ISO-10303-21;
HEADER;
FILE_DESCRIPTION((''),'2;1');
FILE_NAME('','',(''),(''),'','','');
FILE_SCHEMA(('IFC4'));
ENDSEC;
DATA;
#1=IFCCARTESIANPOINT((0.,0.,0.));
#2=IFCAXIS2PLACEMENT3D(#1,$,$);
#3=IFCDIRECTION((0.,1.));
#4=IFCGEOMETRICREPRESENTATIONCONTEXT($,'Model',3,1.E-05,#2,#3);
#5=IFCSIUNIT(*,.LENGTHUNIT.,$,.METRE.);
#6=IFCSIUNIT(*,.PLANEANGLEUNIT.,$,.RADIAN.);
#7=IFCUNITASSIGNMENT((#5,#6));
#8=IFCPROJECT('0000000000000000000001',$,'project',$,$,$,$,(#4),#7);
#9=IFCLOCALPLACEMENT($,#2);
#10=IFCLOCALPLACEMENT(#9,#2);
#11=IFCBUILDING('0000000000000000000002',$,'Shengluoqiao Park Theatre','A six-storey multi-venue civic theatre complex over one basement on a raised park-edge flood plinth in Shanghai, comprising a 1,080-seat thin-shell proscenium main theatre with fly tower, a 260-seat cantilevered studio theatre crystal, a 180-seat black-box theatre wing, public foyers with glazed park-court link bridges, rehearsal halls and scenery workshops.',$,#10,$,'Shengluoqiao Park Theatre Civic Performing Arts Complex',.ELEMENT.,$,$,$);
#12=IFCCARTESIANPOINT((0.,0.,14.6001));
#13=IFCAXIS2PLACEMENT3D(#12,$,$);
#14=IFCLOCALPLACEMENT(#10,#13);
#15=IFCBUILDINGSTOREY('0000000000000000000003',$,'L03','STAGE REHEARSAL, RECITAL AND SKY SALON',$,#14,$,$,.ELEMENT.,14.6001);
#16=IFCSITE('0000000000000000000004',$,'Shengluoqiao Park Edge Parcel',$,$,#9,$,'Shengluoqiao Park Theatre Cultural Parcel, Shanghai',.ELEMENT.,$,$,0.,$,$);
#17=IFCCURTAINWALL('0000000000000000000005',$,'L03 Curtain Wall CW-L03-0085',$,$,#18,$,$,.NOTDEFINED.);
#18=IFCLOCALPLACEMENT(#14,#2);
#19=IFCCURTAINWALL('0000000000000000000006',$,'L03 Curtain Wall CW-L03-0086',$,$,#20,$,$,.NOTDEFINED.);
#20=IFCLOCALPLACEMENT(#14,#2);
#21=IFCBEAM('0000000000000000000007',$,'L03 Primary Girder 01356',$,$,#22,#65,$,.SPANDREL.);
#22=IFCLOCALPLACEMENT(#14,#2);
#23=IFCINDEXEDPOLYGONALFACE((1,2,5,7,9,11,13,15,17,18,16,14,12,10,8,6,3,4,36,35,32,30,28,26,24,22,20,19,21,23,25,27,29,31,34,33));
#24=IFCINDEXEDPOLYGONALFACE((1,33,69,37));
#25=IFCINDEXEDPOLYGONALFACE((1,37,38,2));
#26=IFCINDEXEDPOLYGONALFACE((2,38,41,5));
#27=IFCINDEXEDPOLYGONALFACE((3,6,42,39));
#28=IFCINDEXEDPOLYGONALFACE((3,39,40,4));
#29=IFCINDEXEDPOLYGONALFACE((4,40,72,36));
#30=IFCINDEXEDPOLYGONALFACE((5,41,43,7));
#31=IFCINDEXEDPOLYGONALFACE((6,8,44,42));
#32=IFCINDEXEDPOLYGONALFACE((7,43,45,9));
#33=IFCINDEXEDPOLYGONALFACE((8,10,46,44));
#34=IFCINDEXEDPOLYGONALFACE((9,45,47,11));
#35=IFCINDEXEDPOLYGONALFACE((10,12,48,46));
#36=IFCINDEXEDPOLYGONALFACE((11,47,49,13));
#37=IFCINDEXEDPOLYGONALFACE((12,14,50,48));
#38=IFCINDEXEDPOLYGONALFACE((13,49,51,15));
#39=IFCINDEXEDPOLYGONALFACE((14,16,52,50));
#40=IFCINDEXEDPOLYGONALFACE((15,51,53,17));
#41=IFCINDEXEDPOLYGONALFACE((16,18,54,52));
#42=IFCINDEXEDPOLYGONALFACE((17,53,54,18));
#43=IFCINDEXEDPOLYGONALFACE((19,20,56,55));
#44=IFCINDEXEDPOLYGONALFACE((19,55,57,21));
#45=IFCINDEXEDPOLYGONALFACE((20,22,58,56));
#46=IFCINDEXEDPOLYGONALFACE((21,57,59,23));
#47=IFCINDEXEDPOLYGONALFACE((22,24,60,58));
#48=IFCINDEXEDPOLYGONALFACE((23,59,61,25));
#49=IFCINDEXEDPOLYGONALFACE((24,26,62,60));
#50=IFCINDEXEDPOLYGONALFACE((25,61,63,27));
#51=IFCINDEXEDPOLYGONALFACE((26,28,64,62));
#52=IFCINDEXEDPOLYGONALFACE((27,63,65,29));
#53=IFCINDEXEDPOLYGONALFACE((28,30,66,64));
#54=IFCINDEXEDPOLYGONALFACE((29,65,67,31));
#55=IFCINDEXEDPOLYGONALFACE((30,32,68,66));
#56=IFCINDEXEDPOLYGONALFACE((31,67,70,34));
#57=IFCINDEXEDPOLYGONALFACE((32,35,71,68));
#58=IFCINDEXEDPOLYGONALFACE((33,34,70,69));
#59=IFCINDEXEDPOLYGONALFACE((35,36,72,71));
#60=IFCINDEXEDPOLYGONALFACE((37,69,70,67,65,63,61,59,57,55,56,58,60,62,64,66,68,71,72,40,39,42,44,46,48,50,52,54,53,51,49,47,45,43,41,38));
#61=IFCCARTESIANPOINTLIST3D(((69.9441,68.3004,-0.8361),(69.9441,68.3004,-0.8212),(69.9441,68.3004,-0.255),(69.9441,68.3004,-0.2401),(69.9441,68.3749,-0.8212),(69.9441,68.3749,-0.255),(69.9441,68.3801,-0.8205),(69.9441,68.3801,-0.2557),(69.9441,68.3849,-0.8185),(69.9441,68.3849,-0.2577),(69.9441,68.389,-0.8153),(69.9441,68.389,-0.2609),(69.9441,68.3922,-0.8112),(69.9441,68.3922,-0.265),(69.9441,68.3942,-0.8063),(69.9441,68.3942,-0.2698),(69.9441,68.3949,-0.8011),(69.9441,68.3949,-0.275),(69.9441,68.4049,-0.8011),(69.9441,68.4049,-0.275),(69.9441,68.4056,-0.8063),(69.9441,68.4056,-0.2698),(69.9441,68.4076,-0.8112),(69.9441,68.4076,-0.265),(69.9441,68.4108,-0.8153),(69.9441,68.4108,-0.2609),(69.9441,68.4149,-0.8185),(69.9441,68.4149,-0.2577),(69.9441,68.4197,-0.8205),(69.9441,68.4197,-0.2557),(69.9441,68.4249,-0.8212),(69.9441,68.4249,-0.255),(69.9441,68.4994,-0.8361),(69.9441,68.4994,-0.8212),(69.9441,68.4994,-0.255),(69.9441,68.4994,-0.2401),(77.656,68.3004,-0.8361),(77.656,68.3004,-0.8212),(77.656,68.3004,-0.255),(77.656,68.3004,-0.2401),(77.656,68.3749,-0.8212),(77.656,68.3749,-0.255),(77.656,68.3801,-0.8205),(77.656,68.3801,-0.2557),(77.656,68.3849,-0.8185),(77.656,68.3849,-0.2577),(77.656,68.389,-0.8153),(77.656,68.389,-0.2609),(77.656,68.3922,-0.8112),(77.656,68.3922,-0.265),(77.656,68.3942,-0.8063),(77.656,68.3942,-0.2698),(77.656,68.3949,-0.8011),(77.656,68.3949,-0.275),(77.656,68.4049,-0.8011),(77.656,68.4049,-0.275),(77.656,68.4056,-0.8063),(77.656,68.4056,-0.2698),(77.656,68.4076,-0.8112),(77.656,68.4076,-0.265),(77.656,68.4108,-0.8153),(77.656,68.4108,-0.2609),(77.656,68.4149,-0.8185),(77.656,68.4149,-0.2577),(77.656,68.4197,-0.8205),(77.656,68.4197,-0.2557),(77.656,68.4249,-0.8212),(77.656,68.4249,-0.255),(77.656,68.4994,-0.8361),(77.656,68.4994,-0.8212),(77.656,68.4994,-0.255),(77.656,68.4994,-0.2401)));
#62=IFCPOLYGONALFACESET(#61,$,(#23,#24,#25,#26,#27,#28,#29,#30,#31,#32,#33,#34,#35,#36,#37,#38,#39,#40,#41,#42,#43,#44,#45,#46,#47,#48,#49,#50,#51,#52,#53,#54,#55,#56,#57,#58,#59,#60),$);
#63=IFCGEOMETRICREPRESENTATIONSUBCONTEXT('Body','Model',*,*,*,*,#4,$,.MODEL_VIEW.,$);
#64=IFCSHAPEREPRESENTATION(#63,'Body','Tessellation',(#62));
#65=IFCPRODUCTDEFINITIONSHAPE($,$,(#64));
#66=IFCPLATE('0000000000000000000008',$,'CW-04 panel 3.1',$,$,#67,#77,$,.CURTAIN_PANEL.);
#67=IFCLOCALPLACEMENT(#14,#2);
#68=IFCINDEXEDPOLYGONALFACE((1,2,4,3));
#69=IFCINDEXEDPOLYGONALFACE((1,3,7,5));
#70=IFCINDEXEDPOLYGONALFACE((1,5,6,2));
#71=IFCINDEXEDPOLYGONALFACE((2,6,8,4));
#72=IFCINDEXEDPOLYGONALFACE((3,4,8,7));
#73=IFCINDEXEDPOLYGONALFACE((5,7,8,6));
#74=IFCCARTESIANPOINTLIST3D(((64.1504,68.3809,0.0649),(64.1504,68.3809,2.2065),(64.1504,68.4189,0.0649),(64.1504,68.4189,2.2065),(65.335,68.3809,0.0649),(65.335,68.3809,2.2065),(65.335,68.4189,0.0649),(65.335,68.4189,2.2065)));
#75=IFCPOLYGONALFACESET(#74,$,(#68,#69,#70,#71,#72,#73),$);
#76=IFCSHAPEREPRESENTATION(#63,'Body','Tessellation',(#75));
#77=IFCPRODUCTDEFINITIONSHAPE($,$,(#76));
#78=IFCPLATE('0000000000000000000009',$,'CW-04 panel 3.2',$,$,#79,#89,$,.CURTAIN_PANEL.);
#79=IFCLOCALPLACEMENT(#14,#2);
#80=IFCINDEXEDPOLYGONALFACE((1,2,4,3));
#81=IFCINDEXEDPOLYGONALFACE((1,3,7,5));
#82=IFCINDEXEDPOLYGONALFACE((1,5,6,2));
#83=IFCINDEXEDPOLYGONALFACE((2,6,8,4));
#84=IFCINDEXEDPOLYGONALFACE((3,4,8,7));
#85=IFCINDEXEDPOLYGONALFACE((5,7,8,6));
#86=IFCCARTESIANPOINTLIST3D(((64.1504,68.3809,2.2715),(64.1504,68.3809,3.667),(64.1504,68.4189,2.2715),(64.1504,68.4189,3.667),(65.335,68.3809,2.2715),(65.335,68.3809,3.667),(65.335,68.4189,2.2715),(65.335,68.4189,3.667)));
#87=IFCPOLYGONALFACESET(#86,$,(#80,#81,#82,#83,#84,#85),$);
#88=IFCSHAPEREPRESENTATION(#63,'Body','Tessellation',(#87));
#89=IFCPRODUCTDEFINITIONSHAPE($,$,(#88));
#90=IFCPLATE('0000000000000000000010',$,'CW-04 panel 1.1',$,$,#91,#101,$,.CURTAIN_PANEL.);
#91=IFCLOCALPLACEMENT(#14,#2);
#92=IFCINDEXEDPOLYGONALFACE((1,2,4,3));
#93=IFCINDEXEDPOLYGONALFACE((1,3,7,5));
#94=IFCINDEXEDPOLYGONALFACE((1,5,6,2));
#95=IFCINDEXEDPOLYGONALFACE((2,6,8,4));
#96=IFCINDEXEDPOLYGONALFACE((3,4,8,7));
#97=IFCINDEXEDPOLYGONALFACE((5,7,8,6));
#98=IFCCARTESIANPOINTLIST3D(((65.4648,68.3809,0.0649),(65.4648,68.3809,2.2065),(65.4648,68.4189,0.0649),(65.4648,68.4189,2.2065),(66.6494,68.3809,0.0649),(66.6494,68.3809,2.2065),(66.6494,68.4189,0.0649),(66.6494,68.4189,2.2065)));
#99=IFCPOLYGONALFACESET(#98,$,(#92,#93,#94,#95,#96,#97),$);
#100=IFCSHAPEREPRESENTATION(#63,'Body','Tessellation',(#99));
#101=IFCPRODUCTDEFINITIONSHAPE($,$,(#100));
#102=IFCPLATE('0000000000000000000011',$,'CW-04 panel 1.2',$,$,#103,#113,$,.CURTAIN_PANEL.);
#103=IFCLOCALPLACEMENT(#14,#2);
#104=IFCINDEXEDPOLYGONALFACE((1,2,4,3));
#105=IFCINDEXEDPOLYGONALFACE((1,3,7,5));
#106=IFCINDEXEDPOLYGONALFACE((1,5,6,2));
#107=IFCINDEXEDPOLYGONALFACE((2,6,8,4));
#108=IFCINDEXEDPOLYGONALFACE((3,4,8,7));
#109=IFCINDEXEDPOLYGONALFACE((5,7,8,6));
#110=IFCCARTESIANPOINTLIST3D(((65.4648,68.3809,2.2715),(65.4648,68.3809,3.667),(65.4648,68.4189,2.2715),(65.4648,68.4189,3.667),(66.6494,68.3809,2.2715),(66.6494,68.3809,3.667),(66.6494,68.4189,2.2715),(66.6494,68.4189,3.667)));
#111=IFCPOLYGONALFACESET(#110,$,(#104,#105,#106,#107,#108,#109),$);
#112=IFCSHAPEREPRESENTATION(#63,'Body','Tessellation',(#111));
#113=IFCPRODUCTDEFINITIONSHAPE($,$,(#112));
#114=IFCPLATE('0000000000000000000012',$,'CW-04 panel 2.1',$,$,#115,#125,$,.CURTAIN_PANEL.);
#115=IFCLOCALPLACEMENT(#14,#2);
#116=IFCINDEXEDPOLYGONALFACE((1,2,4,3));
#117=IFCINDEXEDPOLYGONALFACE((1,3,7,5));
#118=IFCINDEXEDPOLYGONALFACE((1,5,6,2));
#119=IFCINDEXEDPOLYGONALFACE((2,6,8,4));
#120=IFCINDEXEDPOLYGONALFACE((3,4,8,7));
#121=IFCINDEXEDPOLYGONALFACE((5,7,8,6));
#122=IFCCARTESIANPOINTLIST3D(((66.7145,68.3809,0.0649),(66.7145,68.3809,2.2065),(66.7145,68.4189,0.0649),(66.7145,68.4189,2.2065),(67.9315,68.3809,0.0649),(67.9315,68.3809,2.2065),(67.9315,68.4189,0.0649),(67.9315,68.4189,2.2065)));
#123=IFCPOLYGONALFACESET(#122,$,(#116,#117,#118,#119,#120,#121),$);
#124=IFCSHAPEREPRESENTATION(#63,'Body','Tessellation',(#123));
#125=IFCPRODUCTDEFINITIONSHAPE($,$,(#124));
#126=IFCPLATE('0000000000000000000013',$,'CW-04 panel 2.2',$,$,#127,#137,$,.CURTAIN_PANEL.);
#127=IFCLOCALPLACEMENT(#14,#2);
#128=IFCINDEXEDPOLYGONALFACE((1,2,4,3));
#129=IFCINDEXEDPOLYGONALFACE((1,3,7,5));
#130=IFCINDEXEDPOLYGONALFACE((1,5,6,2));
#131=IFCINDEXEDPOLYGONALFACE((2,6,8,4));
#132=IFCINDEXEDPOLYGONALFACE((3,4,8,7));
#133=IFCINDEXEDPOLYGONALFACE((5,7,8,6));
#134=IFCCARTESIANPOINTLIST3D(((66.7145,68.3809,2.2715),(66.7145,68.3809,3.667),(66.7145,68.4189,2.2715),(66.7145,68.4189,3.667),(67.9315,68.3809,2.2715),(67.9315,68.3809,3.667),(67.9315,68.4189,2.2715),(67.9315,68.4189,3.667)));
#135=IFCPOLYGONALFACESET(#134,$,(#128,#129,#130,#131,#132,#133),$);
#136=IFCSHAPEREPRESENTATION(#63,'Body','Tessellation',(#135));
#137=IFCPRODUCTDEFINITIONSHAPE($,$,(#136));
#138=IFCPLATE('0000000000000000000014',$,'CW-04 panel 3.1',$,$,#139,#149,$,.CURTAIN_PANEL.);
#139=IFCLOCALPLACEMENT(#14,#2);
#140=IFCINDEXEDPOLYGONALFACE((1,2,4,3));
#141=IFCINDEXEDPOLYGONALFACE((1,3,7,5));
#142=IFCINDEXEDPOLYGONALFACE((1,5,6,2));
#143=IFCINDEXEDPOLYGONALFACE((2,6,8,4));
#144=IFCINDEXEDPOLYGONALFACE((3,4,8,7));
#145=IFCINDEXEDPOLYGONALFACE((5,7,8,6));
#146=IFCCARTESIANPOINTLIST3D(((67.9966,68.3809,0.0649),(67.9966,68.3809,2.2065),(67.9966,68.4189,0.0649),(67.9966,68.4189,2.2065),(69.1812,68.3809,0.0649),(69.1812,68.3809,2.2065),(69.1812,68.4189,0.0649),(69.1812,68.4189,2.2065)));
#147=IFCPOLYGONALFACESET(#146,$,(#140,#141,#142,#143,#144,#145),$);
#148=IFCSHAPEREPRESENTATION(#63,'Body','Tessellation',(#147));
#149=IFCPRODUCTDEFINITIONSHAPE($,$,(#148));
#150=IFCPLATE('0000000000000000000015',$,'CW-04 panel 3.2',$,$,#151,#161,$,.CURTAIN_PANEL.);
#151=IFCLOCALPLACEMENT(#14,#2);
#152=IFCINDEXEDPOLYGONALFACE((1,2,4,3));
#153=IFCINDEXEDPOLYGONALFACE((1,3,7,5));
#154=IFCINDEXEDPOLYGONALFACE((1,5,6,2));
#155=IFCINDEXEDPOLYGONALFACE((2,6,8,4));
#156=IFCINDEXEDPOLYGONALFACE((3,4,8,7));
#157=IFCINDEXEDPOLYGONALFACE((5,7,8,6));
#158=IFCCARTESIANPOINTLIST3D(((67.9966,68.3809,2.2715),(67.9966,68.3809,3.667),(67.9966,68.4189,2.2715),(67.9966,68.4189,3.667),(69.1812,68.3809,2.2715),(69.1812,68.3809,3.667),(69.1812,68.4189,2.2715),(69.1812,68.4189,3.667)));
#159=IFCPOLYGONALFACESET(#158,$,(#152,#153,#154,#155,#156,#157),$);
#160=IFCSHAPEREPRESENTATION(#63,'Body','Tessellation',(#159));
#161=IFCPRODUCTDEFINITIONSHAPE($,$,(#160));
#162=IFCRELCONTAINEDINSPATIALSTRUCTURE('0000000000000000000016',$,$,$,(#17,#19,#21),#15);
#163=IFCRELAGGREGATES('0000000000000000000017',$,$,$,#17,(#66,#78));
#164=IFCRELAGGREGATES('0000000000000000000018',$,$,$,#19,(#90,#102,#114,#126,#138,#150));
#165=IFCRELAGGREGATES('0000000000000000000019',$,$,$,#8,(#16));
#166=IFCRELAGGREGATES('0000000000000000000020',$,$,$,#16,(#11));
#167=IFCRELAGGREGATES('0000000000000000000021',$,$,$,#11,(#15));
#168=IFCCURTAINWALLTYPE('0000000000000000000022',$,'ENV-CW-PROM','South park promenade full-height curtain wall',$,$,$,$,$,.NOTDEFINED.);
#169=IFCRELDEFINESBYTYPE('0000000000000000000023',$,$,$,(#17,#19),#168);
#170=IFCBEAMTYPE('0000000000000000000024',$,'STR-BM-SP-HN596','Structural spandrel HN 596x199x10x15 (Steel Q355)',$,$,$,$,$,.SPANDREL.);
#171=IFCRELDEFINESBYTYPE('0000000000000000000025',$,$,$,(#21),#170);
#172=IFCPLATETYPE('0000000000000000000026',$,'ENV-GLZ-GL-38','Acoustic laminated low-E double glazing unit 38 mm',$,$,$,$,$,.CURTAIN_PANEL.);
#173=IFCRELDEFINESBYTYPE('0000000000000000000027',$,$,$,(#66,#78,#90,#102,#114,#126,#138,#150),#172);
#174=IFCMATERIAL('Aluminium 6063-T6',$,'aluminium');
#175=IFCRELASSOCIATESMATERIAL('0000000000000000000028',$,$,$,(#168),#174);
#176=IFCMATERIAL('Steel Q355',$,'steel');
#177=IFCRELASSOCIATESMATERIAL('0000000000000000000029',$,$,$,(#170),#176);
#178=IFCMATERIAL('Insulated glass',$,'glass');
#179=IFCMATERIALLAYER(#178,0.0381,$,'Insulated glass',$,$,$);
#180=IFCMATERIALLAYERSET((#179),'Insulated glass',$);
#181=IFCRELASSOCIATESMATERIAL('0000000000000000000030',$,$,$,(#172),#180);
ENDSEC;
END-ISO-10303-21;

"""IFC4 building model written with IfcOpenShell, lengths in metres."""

from ifc_helpers import new_model, si_unit, direction, frame, origin, origin_2d, place, context, subcontext, project, spatial, rectangle, i_section, extrude, material, layer, layer_set, material_profile, profile_set, type_object, element, aggregate, save


model = new_model("IFC4")

# Units and contexts
model_context = context("Model", 3, precision=1e-05, world=origin(), true_north=direction((0.0, 1.0)))
body_context = subcontext(model_context, "Body", "Model", "MODEL_VIEW")
ifc_project = project(units=[si_unit("LENGTHUNIT", "METRE"), si_unit("PLANEANGLEUNIT", "RADIAN")], contexts=[model_context])

# Site, building, storey
site_placement = place(None, origin())
site = spatial("IfcSite", under=ifc_project, at=site_placement, Name="Shengluoqiao Park Edge Parcel", LongName="Shengluoqiao Park Theatre Cultural Parcel, Shanghai", CompositionType="ELEMENT", RefElevation=0.0)
building_placement = place(site_placement, origin())
building = spatial("IfcBuilding", under=site, at=building_placement, Name="Shengluoqiao Park Theatre", Description="A six-storey multi-venue civic theatre complex over one basement on a raised park-edge flood plinth in Shanghai, comprising a 1,080-seat thin-shell proscenium main theatre with fly tower, a 260-seat cantilevered studio theatre crystal, a 180-seat black-box theatre wing, public foyers with glazed park-court link bridges, rehearsal halls and scenery workshops.", LongName="Shengluoqiao Park Theatre Civic Performing Arts Complex", CompositionType="ELEMENT")
storey_placement = place(building_placement, frame((0.0, 0.0, 14.6001)))
storey = spatial("IfcBuildingStorey", under=building, at=storey_placement, Name="L03", Description="STAGE REHEARSAL, RECITAL AND SKY SALON", CompositionType="ELEMENT", Elevation=14.6001)

# Curtain wall
ifc_material_1 = material(Name="Aluminium 6063-T6", Category="aluminium")
curtain_wall_type = type_object("IfcCurtainWallType", Name="ENV-CW-PROM", Description="South park promenade full-height curtain wall", PredefinedType="NOTDEFINED", material=ifc_material_1)
curtain_wall_1_placement = place(storey_placement, origin())
curtain_wall_1 = element("IfcCurtainWall", 1, at=curtain_wall_1_placement, inside=storey, type_object=curtain_wall_type, Name="L03 Curtain Wall CW-L03-0085", PredefinedType="NOTDEFINED")

# Curtain wall
curtain_wall_2_placement = place(storey_placement, origin())
curtain_wall_2 = element("IfcCurtainWall", 2, at=curtain_wall_2_placement, inside=storey, type_object=curtain_wall_type, Name="L03 Curtain Wall CW-L03-0086", PredefinedType="NOTDEFINED")

# Beam
ifc_material_2 = material(Name="Steel Q355", Category="steel")
ifc_material_profile_1 = material_profile(ifc_material_2, i_section(OverallWidth=0.199, OverallDepth=0.5959, WebThickness=0.01, FlangeThickness=0.0149, FilletRadius=0.02, at=origin_2d()), Name="HN 596x199x10x15")
ifc_profile_set_1 = profile_set([ifc_material_profile_1], Name="Steel Q355")
beam_type_1 = type_object("IfcBeamType", Name="STR-BM-SP-HN596", Description="Structural spandrel HN 596x199x10x15 (Steel Q355)", PredefinedType="SPANDREL", material=ifc_profile_set_1)
beam_1_placement = place(storey_placement, frame((69.9441, 68.3999, -0.5381), z_axis=(1.0, 0.0, 0.0), x_axis=(0.0, 1.0, 0.0)))
element("IfcBeam", 3, at=beam_1_placement, inside=storey, type_object=beam_type_1, Name="L03 Primary Girder 01356", PredefinedType="SPANDREL", context=body_context, shape_type="SweptSolid", body=[
    extrude(i_section(OverallWidth=0.199, OverallDepth=0.5959, WebThickness=0.01, FlangeThickness=0.0149, FilletRadius=0.02, at=origin_2d()), origin(), (0.0, 0.0, 1.0), 7.7119),
])

# Plates
ifc_material_3 = material(Name="Insulated glass", Category="glass")
ifc_layer = layer(ifc_material_3, 0.0381, Name="Insulated glass")
ifc_layer_set = layer_set([ifc_layer], Name="Insulated glass")
plate_type = type_object("IfcPlateType", Name="ENV-GLZ-GL-38", Description="Acoustic laminated low-E double glazing unit 38 mm", PredefinedType="CURTAIN_PANEL", material=ifc_layer_set)
plate_1_placement = place(storey_placement, frame((64.7427, 68.3999, 0.0649), z_axis=(0.0, 0.0, 1.0), x_axis=(1.0, 0.0, 0.0)))
plate_1 = element("IfcPlate", 4, at=plate_1_placement, type_object=plate_type, Name="CW-04 panel 3.1", PredefinedType="CURTAIN_PANEL", context=body_context, shape_type="SweptSolid", body=[
    extrude(rectangle(XDim=1.1846, YDim=0.0381, at=origin_2d()), origin(), (0.0, 0.0, 1.0), 2.1416),
])
plate_2_placement = place(storey_placement, frame((64.7427, 68.3999, 2.2715), z_axis=(0.0, 0.0, 1.0), x_axis=(1.0, 0.0, 0.0)))
plate_2 = element("IfcPlate", 5, at=plate_2_placement, type_object=plate_type, Name="CW-04 panel 3.2", PredefinedType="CURTAIN_PANEL", context=body_context, shape_type="SweptSolid", body=[
    extrude(rectangle(XDim=1.1846, YDim=0.0381, at=origin_2d()), origin(), (0.0, 0.0, 1.0), 1.3955),
])
aggregate(curtain_wall_1, [plate_1, plate_2])
plate_3_placement = place(storey_placement, frame((66.0571, 68.3999, 0.0649), z_axis=(0.0, 0.0, 1.0), x_axis=(1.0, 0.0, 0.0)))
plate_3 = element("IfcPlate", 6, at=plate_3_placement, type_object=plate_type, Name="CW-04 panel 1.1", PredefinedType="CURTAIN_PANEL", context=body_context, shape_type="SweptSolid", body=[
    extrude(rectangle(XDim=1.1846, YDim=0.0381, at=origin_2d()), origin(), (0.0, 0.0, 1.0), 2.1416),
])
plate_4_placement = place(storey_placement, frame((66.0571, 68.3999, 2.2715), z_axis=(0.0, 0.0, 1.0), x_axis=(1.0, 0.0, 0.0)))
plate_4 = element("IfcPlate", 7, at=plate_4_placement, type_object=plate_type, Name="CW-04 panel 1.2", PredefinedType="CURTAIN_PANEL", context=body_context, shape_type="SweptSolid", body=[
    extrude(rectangle(XDim=1.1846, YDim=0.0381, at=origin_2d()), origin(), (0.0, 0.0, 1.0), 1.3955),
])
plate_5_placement = place(storey_placement, frame((67.323, 68.3999, 0.0649), z_axis=(0.0, 0.0, 1.0), x_axis=(1.0, 0.0, 0.0)))
plate_5 = element("IfcPlate", 8, at=plate_5_placement, type_object=plate_type, Name="CW-04 panel 2.1", PredefinedType="CURTAIN_PANEL", context=body_context, shape_type="SweptSolid", body=[
    extrude(rectangle(XDim=1.217, YDim=0.0381, at=origin_2d()), origin(), (0.0, 0.0, 1.0), 2.1416),
])
plate_6_placement = place(storey_placement, frame((67.323, 68.3999, 2.2715), z_axis=(0.0, 0.0, 1.0), x_axis=(1.0, 0.0, 0.0)))
plate_6 = element("IfcPlate", 9, at=plate_6_placement, type_object=plate_type, Name="CW-04 panel 2.2", PredefinedType="CURTAIN_PANEL", context=body_context, shape_type="SweptSolid", body=[
    extrude(rectangle(XDim=1.217, YDim=0.0381, at=origin_2d()), origin(), (0.0, 0.0, 1.0), 1.3955),
])
plate_7_placement = place(storey_placement, frame((68.5889, 68.3999, 0.0649), z_axis=(0.0, 0.0, 1.0), x_axis=(1.0, 0.0, 0.0)))
plate_7 = element("IfcPlate", 10, at=plate_7_placement, type_object=plate_type, Name="CW-04 panel 3.1", PredefinedType="CURTAIN_PANEL", context=body_context, shape_type="SweptSolid", body=[
    extrude(rectangle(XDim=1.1846, YDim=0.0381, at=origin_2d()), origin(), (0.0, 0.0, 1.0), 2.1416),
])
plate_8_placement = place(storey_placement, frame((68.5889, 68.3999, 2.2715), z_axis=(0.0, 0.0, 1.0), x_axis=(1.0, 0.0, 0.0)))
plate_8 = element("IfcPlate", 11, at=plate_8_placement, type_object=plate_type, Name="CW-04 panel 3.2", PredefinedType="CURTAIN_PANEL", context=body_context, shape_type="SweptSolid", body=[
    extrude(rectangle(XDim=1.1846, YDim=0.0381, at=origin_2d()), origin(), (0.0, 0.0, 1.0), 1.3955),
])
aggregate(curtain_wall_2, [plate_3, plate_4, plate_5, plate_6, plate_7, plate_8])

save(model, "model.ifc")
